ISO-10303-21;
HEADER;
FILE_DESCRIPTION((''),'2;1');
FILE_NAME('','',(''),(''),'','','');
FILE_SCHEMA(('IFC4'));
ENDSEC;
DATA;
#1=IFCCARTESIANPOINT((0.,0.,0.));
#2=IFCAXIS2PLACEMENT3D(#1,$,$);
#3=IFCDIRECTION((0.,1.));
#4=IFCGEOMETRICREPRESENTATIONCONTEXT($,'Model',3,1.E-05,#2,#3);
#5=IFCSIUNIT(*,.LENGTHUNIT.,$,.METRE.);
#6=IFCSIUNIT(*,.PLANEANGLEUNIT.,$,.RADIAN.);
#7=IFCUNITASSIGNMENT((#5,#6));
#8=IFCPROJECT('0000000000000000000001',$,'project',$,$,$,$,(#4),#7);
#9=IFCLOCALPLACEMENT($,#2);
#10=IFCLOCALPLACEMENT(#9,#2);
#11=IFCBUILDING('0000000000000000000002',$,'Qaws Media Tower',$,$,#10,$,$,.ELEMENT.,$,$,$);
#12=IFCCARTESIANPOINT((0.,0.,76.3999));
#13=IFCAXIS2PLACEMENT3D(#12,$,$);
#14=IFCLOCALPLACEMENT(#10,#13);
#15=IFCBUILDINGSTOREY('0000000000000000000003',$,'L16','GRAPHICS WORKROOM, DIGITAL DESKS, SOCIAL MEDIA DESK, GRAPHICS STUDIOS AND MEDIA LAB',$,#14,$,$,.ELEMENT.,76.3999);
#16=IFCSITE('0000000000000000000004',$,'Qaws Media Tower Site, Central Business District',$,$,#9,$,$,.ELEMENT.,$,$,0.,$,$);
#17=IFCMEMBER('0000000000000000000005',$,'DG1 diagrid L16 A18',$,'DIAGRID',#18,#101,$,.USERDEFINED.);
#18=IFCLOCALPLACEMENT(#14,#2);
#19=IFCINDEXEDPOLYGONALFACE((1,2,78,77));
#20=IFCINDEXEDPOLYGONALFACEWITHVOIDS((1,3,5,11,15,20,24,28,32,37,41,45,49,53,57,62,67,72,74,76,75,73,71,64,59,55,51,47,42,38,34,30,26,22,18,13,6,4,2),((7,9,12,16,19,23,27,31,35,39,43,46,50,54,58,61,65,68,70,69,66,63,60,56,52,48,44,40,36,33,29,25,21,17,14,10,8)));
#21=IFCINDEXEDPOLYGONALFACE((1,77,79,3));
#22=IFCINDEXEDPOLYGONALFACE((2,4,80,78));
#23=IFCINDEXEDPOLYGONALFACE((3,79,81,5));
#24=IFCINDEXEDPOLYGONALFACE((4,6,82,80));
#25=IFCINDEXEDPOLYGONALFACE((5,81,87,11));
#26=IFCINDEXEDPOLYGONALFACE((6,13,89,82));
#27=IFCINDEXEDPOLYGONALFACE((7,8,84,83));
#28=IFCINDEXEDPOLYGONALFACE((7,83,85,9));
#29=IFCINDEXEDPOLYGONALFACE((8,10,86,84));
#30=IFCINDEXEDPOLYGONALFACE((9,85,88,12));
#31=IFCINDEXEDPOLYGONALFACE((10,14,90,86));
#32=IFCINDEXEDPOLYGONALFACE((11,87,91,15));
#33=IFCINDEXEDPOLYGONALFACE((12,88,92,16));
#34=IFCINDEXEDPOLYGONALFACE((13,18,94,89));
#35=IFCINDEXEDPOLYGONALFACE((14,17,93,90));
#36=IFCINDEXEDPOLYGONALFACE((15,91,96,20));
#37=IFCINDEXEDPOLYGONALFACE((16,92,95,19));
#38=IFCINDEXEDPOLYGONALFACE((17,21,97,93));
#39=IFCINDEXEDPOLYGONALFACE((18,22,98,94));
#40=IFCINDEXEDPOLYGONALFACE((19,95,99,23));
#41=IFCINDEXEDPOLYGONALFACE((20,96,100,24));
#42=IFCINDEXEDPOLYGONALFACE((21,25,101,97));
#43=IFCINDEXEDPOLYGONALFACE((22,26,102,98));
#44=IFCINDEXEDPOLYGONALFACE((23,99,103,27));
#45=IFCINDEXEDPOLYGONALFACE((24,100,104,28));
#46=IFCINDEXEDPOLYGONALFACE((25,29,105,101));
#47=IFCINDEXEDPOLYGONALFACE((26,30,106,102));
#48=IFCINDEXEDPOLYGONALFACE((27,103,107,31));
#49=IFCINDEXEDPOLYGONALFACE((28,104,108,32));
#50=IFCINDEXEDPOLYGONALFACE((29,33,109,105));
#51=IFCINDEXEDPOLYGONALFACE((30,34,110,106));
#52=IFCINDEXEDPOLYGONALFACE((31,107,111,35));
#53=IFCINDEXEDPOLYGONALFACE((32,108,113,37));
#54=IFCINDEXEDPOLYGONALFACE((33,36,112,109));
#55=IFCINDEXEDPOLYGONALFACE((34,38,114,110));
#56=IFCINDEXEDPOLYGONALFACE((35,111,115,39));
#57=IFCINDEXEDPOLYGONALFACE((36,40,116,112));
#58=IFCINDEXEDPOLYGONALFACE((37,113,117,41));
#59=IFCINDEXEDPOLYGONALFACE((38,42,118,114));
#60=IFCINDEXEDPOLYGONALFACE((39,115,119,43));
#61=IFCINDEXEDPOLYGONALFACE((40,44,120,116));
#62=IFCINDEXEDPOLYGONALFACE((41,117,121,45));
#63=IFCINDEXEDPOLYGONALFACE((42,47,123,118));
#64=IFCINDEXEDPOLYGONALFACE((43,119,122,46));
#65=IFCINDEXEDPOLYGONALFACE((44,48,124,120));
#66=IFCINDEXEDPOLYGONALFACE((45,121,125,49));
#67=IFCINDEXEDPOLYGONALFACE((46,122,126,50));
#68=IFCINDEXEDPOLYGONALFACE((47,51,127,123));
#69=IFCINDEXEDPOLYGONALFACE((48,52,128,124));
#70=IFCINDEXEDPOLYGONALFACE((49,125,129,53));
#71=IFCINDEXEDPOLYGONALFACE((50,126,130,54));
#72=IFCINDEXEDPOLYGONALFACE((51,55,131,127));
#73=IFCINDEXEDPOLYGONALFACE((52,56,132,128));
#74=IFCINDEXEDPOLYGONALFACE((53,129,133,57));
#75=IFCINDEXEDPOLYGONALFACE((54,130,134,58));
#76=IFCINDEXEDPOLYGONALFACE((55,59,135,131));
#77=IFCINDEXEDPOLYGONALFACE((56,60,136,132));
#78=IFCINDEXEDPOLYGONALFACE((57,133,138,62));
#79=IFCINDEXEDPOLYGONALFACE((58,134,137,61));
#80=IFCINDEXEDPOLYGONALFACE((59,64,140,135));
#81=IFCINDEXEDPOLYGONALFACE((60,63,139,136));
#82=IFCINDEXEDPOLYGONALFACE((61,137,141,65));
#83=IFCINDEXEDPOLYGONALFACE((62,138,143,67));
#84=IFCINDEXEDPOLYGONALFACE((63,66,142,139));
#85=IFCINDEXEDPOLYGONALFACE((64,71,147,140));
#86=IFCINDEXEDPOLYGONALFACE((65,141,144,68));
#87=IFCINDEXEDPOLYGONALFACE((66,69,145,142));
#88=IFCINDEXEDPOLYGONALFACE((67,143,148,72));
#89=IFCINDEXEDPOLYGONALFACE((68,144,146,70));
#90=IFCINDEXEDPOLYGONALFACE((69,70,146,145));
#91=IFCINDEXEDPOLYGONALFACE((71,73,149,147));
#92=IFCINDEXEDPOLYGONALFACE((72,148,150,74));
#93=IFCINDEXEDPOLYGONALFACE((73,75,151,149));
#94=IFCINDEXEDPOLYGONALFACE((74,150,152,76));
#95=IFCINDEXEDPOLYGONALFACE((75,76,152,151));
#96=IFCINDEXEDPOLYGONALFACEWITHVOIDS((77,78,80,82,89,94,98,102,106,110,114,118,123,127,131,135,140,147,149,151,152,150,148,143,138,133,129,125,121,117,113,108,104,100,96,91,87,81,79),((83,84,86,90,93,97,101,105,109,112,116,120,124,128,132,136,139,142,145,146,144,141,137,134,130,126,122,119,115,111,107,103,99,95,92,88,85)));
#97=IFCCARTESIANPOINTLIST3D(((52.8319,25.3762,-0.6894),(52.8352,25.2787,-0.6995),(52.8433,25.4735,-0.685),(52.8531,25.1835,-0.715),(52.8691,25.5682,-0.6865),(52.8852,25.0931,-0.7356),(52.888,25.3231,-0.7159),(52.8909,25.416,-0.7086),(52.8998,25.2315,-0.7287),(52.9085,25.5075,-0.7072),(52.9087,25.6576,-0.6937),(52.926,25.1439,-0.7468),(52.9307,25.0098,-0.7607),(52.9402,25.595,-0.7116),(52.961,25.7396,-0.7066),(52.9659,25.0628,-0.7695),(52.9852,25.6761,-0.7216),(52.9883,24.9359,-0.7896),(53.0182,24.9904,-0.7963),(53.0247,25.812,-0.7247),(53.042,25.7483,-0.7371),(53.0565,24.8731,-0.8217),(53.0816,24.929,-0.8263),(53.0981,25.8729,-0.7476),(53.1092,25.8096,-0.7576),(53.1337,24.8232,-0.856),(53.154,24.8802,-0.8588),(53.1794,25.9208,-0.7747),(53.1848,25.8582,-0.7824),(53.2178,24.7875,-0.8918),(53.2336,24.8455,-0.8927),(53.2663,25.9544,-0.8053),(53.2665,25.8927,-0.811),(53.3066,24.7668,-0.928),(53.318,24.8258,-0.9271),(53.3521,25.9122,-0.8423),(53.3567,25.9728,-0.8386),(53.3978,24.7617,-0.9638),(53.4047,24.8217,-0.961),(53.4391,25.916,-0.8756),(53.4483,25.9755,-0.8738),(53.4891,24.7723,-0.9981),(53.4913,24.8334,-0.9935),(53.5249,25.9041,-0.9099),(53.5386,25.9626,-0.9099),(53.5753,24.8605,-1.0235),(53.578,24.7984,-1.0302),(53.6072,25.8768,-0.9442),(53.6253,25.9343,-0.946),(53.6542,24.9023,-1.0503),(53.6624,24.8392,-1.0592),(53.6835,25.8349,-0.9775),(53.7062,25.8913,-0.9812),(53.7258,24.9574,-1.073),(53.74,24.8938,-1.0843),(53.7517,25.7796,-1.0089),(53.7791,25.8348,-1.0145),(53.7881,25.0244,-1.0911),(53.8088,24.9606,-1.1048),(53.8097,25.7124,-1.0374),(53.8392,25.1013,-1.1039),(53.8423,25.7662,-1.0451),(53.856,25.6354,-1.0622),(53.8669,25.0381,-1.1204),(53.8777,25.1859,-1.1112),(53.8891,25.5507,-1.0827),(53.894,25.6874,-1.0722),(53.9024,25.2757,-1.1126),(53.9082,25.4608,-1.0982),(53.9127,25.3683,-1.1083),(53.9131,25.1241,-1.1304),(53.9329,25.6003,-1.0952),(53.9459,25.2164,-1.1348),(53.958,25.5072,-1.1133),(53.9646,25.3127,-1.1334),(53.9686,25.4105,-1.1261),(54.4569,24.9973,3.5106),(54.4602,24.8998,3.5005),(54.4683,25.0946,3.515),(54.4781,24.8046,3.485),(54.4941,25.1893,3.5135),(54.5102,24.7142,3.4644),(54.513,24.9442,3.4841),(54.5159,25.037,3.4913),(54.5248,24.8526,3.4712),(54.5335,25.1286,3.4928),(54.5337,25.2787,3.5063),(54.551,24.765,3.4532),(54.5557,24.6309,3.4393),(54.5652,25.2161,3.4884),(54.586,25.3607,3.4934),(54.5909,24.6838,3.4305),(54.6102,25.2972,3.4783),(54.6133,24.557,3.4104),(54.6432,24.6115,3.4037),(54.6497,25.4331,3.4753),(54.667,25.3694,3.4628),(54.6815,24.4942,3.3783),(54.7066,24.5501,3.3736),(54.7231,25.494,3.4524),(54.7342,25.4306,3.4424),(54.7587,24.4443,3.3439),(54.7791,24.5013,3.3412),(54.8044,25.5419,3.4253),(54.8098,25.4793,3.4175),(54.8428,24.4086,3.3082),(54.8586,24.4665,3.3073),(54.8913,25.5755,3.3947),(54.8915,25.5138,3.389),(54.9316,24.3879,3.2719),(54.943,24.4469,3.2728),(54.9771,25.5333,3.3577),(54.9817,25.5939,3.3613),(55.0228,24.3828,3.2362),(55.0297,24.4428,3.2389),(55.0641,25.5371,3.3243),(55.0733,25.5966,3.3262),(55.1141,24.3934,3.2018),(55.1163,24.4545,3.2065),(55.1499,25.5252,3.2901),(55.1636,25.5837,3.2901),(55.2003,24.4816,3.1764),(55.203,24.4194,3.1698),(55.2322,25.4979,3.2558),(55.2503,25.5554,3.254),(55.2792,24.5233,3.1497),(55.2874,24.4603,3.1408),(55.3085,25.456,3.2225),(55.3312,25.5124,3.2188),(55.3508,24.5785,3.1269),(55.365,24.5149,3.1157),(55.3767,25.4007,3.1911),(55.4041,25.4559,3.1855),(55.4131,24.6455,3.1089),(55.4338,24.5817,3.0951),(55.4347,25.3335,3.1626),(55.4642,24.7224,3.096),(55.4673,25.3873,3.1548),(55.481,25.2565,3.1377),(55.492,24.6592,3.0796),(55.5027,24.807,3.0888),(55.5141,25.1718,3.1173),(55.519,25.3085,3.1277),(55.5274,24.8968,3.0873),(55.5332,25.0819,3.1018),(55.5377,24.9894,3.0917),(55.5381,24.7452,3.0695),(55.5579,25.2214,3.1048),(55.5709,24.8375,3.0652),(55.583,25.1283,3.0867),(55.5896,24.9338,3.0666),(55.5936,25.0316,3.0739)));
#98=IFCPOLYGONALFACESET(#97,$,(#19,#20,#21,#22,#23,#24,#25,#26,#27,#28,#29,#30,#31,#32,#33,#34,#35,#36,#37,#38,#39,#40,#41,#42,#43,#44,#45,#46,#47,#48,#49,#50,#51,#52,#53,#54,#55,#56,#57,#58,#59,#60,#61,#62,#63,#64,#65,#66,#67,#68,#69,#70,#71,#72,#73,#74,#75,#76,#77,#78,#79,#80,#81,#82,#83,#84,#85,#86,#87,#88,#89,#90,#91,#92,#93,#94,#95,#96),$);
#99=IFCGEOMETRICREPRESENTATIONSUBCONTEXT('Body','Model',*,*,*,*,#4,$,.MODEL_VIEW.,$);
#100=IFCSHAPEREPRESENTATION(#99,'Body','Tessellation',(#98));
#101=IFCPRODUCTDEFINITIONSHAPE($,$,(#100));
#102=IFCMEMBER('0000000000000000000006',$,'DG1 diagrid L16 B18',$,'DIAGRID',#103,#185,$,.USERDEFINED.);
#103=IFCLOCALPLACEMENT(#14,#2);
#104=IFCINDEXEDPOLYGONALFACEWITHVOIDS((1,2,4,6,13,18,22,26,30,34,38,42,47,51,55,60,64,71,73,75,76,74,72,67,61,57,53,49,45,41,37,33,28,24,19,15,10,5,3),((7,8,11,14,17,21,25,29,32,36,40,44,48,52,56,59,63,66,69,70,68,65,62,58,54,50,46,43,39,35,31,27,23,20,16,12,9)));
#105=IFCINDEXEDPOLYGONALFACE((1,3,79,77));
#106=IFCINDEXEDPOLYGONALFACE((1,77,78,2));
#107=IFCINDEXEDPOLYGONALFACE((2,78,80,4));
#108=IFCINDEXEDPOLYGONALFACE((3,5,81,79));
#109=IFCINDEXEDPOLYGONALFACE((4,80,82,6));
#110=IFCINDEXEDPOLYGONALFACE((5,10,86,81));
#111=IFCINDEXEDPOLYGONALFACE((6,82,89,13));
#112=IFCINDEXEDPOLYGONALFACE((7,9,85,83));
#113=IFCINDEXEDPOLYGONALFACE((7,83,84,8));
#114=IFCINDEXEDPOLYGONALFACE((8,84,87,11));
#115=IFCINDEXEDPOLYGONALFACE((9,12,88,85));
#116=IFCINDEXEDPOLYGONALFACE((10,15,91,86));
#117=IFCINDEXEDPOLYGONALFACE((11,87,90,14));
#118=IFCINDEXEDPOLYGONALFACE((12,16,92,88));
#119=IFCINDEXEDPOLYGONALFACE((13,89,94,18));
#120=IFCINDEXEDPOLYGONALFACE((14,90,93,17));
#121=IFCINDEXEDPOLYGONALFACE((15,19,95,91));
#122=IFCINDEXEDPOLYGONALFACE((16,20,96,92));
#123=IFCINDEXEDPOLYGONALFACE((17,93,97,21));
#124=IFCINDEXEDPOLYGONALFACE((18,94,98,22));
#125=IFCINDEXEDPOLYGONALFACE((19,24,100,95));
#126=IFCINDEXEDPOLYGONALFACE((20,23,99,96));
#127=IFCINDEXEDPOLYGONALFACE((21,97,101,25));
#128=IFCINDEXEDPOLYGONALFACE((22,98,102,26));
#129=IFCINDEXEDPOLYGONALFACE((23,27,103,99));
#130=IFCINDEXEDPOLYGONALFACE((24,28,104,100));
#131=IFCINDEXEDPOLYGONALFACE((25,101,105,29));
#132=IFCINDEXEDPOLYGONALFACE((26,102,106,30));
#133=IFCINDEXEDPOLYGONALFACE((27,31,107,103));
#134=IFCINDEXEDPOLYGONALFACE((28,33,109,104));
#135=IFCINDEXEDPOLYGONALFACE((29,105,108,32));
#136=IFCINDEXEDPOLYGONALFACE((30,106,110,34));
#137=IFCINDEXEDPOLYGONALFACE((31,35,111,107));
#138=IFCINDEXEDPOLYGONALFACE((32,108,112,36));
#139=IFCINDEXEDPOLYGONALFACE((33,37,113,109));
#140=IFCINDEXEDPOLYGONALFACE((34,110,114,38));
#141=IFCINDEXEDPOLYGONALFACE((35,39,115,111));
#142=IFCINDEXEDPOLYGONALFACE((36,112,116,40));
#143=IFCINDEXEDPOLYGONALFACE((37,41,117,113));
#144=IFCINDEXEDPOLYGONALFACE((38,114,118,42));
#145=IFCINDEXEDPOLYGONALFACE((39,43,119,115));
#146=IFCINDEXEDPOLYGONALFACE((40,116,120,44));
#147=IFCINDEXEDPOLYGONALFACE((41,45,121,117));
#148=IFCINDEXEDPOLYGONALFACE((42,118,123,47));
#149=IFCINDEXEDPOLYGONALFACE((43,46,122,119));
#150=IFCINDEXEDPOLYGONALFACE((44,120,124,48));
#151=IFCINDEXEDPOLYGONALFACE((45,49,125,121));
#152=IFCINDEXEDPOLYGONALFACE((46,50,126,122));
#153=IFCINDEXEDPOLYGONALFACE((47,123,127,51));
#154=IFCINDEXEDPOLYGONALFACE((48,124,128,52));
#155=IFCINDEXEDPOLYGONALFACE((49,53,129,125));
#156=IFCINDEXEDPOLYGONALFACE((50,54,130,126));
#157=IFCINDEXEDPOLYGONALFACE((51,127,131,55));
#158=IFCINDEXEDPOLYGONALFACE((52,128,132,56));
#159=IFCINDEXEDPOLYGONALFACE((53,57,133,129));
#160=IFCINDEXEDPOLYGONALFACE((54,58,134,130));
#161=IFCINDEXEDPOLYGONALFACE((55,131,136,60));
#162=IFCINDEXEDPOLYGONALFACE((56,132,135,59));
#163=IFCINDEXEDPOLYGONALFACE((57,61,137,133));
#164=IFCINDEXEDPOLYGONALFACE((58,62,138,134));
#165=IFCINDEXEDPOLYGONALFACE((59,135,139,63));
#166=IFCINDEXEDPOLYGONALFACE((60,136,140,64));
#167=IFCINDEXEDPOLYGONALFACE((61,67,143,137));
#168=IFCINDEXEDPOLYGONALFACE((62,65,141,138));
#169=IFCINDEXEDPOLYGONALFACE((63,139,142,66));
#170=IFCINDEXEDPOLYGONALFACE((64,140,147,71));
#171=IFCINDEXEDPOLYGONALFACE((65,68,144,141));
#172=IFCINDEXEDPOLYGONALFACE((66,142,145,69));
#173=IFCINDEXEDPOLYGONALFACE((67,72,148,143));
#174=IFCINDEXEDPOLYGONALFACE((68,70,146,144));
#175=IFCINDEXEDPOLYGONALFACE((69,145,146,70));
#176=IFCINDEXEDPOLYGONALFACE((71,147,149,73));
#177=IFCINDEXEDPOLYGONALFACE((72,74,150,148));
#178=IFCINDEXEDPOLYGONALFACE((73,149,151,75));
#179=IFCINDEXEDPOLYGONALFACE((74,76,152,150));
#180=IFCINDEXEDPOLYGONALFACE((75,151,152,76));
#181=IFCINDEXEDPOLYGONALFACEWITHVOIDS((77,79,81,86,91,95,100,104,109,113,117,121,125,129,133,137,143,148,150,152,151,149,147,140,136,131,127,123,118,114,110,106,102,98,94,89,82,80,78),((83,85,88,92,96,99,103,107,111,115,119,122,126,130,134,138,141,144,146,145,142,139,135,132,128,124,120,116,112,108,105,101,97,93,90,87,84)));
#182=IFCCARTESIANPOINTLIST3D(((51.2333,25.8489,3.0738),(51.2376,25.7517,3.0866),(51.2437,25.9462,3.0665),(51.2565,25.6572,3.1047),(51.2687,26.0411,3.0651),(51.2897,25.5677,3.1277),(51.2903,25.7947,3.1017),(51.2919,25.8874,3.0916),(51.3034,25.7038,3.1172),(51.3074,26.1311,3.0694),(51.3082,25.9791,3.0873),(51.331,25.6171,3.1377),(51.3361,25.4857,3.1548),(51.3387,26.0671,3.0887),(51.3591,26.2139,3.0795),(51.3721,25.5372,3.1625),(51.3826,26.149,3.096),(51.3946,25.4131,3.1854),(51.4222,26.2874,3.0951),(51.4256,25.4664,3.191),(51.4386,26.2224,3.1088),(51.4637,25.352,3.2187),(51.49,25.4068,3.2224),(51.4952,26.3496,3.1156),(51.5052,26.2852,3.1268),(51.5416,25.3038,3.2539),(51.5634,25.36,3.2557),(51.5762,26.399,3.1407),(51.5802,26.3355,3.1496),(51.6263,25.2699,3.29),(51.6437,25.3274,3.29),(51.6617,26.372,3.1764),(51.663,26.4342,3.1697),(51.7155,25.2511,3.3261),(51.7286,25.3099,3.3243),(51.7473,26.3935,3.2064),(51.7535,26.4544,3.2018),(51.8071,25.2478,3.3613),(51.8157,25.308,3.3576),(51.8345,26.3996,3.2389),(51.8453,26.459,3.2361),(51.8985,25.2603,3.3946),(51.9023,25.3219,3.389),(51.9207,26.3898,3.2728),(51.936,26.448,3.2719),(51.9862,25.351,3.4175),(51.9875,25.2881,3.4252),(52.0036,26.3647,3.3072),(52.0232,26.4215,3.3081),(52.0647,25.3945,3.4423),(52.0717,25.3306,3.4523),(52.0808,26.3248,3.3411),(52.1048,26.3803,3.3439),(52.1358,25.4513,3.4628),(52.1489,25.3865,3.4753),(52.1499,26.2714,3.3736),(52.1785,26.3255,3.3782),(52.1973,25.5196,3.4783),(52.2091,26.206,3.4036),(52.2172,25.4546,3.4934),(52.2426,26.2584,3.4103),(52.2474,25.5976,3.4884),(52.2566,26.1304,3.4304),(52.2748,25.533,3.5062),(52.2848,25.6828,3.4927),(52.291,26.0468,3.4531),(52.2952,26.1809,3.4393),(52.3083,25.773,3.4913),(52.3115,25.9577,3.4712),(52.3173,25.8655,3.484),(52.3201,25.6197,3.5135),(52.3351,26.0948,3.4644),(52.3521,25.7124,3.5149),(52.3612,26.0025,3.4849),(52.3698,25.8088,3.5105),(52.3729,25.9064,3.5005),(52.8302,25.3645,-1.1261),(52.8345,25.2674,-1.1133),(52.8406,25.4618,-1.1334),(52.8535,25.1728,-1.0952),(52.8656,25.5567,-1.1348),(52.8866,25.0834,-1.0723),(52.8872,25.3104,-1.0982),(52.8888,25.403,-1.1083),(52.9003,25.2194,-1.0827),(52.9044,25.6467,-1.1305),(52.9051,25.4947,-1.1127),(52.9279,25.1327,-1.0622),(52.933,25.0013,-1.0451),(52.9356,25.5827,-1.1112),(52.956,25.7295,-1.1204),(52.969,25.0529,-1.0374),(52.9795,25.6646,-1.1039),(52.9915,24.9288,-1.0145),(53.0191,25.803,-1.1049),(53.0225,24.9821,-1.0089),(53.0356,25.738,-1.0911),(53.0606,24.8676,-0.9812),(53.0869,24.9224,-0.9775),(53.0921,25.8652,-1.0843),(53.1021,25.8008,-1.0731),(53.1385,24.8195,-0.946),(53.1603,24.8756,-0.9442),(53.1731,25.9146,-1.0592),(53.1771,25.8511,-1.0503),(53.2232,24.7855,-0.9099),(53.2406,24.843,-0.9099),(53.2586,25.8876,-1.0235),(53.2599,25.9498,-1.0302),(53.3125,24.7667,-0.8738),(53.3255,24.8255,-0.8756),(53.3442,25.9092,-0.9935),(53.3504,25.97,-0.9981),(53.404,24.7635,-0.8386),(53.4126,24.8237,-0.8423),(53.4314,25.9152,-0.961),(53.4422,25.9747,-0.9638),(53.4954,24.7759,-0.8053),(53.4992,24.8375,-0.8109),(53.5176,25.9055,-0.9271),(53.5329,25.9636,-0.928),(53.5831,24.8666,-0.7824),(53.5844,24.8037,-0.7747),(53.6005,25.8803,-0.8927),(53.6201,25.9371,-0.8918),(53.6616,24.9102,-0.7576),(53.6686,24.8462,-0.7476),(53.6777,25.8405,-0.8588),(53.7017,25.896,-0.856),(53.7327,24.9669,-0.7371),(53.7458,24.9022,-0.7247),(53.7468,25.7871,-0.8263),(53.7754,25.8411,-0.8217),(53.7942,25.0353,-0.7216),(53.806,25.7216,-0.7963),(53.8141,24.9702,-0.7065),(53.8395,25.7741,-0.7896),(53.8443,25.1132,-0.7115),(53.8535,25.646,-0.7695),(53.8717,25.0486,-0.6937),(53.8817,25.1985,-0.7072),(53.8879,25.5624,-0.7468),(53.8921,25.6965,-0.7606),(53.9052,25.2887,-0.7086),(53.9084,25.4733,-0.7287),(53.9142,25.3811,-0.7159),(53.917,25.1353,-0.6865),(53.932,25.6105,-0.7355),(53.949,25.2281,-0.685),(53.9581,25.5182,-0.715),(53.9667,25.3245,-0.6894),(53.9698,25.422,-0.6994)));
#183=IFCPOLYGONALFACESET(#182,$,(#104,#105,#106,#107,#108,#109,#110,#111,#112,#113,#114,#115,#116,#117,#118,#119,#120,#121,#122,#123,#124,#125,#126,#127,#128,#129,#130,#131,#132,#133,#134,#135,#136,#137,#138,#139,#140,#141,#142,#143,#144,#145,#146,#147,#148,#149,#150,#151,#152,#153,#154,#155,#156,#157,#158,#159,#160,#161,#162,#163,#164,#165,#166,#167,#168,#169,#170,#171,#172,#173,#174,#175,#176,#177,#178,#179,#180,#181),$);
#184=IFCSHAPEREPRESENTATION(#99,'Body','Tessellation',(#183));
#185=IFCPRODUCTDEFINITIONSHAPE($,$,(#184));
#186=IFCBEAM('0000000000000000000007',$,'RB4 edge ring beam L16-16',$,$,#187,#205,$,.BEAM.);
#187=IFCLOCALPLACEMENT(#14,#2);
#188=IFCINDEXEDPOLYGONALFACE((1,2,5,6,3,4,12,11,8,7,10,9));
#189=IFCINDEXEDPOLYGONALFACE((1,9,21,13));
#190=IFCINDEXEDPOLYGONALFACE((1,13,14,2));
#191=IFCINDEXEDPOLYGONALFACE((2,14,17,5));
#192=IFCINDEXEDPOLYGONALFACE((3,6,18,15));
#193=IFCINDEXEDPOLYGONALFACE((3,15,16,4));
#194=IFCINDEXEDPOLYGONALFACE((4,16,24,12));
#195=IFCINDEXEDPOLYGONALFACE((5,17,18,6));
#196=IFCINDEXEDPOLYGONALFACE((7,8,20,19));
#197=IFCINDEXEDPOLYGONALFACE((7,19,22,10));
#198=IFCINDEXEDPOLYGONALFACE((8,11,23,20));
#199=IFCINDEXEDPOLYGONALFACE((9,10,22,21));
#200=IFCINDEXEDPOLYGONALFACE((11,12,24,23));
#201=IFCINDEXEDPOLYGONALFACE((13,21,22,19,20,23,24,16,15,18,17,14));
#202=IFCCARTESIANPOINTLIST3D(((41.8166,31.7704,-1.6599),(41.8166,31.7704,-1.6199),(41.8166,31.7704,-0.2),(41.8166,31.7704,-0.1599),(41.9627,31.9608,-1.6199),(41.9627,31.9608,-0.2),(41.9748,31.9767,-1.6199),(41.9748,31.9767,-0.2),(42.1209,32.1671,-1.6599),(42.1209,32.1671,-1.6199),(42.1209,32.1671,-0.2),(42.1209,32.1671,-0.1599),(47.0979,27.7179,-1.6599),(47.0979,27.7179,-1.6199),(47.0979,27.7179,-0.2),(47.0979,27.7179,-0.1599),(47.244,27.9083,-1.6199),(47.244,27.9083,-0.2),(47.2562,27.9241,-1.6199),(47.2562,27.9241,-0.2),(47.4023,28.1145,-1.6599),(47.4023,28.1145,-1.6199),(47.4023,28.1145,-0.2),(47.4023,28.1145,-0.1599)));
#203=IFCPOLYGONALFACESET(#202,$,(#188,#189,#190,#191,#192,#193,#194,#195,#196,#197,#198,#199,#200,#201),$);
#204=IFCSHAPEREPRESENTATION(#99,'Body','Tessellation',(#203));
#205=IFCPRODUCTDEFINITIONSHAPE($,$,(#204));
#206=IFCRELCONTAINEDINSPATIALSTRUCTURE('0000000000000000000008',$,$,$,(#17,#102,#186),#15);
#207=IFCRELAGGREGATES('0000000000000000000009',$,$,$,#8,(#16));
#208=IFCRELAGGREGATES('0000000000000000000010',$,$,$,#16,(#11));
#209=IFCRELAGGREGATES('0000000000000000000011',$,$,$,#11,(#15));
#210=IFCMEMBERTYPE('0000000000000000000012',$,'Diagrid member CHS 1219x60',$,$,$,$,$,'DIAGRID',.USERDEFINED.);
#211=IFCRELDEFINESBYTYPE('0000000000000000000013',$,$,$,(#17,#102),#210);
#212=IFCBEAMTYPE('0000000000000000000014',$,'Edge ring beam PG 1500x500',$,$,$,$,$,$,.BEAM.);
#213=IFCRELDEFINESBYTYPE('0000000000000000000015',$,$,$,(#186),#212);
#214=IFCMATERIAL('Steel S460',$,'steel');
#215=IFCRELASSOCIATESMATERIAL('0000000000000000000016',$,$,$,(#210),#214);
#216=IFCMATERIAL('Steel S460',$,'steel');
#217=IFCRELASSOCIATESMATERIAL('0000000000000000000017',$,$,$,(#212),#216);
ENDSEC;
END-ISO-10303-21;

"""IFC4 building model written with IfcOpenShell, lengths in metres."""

from ifc_helpers import new_model, si_unit, direction, frame, origin, origin_2d, place, context, subcontext, project, spatial, hollow_circle, i_section, extrude, material, material_profile, profile_set, type_object, element, save


model = new_model("IFC4")

# Units and contexts
model_context = context("Model", 3, precision=1e-05, world=origin(), true_north=direction((0.0, 1.0)))
body_context = subcontext(model_context, "Body", "Model", "MODEL_VIEW")
ifc_project = project(units=[si_unit("LENGTHUNIT", "METRE"), si_unit("PLANEANGLEUNIT", "RADIAN")], contexts=[model_context])

# Site, building, storey
site_placement = place(None, origin())
site = spatial("IfcSite", under=ifc_project, at=site_placement, Name="Qaws Media Tower Site, Central Business District", CompositionType="ELEMENT", RefElevation=0.0)
building_placement = place(site_placement, origin())
building = spatial("IfcBuilding", under=site, at=building_placement, Name="Qaws Media Tower", CompositionType="ELEMENT")
storey_placement = place(building_placement, frame((0.0, 0.0, 76.3999)))
storey = spatial("IfcBuildingStorey", under=building, at=storey_placement, Name="L16", Description="GRAPHICS WORKROOM, DIGITAL DESKS, SOCIAL MEDIA DESK, GRAPHICS STUDIOS AND MEDIA LAB", CompositionType="ELEMENT", Elevation=76.3999)

# Members
ifc_material_1 = material(Name="Steel S460", Category="steel")
ifc_material_profile_1 = material_profile(ifc_material_1, hollow_circle(Radius=0.6096, WallThickness=0.0601, at=origin_2d()), Name="CHS 1219x60")
ifc_profile_set_1 = profile_set([ifc_material_profile_1], Name="Steel S460")
member_type_1 = type_object("IfcMemberType", Name="Diagrid member CHS 1219x60", ElementType="DIAGRID", PredefinedType="USERDEFINED", material=ifc_profile_set_1)
for number, where, z_axis, x_axis, name in (
    (1, (53.4001, 25.3689, -0.9099), (0.359571, -0.083842, 0.929343), (0.227082, 0.973876, 0.0), "DG1 diagrid L16 A18"),
    (2, (53.4001, 25.3689, -0.9099), (-0.353354, 0.107178, 0.92933), (-0.290259, -0.956948, 0.0), "DG1 diagrid L16 B18"),
):
    element("IfcMember", number, at=place(storey_placement, frame(where, z_axis=z_axis, x_axis=x_axis)), inside=storey, type_object=member_type_1, Name=name, ObjectType="DIAGRID", PredefinedType="USERDEFINED", context=body_context, shape_type="SweptSolid", body=[
        extrude(hollow_circle(Radius=0.6096, WallThickness=0.0601, at=origin_2d()), origin(), (0.0, 0.0, 1.0), 4.5193),
    ])

# Beam
ifc_material_2 = material(Name="Steel S460", Category="steel")
ifc_material_profile_2 = material_profile(ifc_material_2, i_section(OverallWidth=0.5, OverallDepth=1.5, WebThickness=0.02, FlangeThickness=0.04, at=origin_2d()), Name="PG 1500x500")
ifc_profile_set_2 = profile_set([ifc_material_profile_2], Name="Steel S460")
beam_type = type_object("IfcBeamType", Name="Edge ring beam PG 1500x500", PredefinedType="BEAM", material=ifc_profile_set_2)
beam_placement = place(storey_placement, frame((41.9688, 31.9688, -0.9099), z_axis=(0.79335, -0.608766, 0.0), x_axis=(0.608766, 0.79335, 0.0)))
element("IfcBeam", 3, at=beam_placement, inside=storey, type_object=beam_type, Name="RB4 edge ring beam L16-16", PredefinedType="BEAM", context=body_context, shape_type="SweptSolid", body=[
    extrude(i_section(OverallWidth=0.5, OverallDepth=1.5, WebThickness=0.02, FlangeThickness=0.04, at=origin_2d()), origin(), (0.0, 0.0, 1.0), 6.657),
])

save(model, "model.ifc")
